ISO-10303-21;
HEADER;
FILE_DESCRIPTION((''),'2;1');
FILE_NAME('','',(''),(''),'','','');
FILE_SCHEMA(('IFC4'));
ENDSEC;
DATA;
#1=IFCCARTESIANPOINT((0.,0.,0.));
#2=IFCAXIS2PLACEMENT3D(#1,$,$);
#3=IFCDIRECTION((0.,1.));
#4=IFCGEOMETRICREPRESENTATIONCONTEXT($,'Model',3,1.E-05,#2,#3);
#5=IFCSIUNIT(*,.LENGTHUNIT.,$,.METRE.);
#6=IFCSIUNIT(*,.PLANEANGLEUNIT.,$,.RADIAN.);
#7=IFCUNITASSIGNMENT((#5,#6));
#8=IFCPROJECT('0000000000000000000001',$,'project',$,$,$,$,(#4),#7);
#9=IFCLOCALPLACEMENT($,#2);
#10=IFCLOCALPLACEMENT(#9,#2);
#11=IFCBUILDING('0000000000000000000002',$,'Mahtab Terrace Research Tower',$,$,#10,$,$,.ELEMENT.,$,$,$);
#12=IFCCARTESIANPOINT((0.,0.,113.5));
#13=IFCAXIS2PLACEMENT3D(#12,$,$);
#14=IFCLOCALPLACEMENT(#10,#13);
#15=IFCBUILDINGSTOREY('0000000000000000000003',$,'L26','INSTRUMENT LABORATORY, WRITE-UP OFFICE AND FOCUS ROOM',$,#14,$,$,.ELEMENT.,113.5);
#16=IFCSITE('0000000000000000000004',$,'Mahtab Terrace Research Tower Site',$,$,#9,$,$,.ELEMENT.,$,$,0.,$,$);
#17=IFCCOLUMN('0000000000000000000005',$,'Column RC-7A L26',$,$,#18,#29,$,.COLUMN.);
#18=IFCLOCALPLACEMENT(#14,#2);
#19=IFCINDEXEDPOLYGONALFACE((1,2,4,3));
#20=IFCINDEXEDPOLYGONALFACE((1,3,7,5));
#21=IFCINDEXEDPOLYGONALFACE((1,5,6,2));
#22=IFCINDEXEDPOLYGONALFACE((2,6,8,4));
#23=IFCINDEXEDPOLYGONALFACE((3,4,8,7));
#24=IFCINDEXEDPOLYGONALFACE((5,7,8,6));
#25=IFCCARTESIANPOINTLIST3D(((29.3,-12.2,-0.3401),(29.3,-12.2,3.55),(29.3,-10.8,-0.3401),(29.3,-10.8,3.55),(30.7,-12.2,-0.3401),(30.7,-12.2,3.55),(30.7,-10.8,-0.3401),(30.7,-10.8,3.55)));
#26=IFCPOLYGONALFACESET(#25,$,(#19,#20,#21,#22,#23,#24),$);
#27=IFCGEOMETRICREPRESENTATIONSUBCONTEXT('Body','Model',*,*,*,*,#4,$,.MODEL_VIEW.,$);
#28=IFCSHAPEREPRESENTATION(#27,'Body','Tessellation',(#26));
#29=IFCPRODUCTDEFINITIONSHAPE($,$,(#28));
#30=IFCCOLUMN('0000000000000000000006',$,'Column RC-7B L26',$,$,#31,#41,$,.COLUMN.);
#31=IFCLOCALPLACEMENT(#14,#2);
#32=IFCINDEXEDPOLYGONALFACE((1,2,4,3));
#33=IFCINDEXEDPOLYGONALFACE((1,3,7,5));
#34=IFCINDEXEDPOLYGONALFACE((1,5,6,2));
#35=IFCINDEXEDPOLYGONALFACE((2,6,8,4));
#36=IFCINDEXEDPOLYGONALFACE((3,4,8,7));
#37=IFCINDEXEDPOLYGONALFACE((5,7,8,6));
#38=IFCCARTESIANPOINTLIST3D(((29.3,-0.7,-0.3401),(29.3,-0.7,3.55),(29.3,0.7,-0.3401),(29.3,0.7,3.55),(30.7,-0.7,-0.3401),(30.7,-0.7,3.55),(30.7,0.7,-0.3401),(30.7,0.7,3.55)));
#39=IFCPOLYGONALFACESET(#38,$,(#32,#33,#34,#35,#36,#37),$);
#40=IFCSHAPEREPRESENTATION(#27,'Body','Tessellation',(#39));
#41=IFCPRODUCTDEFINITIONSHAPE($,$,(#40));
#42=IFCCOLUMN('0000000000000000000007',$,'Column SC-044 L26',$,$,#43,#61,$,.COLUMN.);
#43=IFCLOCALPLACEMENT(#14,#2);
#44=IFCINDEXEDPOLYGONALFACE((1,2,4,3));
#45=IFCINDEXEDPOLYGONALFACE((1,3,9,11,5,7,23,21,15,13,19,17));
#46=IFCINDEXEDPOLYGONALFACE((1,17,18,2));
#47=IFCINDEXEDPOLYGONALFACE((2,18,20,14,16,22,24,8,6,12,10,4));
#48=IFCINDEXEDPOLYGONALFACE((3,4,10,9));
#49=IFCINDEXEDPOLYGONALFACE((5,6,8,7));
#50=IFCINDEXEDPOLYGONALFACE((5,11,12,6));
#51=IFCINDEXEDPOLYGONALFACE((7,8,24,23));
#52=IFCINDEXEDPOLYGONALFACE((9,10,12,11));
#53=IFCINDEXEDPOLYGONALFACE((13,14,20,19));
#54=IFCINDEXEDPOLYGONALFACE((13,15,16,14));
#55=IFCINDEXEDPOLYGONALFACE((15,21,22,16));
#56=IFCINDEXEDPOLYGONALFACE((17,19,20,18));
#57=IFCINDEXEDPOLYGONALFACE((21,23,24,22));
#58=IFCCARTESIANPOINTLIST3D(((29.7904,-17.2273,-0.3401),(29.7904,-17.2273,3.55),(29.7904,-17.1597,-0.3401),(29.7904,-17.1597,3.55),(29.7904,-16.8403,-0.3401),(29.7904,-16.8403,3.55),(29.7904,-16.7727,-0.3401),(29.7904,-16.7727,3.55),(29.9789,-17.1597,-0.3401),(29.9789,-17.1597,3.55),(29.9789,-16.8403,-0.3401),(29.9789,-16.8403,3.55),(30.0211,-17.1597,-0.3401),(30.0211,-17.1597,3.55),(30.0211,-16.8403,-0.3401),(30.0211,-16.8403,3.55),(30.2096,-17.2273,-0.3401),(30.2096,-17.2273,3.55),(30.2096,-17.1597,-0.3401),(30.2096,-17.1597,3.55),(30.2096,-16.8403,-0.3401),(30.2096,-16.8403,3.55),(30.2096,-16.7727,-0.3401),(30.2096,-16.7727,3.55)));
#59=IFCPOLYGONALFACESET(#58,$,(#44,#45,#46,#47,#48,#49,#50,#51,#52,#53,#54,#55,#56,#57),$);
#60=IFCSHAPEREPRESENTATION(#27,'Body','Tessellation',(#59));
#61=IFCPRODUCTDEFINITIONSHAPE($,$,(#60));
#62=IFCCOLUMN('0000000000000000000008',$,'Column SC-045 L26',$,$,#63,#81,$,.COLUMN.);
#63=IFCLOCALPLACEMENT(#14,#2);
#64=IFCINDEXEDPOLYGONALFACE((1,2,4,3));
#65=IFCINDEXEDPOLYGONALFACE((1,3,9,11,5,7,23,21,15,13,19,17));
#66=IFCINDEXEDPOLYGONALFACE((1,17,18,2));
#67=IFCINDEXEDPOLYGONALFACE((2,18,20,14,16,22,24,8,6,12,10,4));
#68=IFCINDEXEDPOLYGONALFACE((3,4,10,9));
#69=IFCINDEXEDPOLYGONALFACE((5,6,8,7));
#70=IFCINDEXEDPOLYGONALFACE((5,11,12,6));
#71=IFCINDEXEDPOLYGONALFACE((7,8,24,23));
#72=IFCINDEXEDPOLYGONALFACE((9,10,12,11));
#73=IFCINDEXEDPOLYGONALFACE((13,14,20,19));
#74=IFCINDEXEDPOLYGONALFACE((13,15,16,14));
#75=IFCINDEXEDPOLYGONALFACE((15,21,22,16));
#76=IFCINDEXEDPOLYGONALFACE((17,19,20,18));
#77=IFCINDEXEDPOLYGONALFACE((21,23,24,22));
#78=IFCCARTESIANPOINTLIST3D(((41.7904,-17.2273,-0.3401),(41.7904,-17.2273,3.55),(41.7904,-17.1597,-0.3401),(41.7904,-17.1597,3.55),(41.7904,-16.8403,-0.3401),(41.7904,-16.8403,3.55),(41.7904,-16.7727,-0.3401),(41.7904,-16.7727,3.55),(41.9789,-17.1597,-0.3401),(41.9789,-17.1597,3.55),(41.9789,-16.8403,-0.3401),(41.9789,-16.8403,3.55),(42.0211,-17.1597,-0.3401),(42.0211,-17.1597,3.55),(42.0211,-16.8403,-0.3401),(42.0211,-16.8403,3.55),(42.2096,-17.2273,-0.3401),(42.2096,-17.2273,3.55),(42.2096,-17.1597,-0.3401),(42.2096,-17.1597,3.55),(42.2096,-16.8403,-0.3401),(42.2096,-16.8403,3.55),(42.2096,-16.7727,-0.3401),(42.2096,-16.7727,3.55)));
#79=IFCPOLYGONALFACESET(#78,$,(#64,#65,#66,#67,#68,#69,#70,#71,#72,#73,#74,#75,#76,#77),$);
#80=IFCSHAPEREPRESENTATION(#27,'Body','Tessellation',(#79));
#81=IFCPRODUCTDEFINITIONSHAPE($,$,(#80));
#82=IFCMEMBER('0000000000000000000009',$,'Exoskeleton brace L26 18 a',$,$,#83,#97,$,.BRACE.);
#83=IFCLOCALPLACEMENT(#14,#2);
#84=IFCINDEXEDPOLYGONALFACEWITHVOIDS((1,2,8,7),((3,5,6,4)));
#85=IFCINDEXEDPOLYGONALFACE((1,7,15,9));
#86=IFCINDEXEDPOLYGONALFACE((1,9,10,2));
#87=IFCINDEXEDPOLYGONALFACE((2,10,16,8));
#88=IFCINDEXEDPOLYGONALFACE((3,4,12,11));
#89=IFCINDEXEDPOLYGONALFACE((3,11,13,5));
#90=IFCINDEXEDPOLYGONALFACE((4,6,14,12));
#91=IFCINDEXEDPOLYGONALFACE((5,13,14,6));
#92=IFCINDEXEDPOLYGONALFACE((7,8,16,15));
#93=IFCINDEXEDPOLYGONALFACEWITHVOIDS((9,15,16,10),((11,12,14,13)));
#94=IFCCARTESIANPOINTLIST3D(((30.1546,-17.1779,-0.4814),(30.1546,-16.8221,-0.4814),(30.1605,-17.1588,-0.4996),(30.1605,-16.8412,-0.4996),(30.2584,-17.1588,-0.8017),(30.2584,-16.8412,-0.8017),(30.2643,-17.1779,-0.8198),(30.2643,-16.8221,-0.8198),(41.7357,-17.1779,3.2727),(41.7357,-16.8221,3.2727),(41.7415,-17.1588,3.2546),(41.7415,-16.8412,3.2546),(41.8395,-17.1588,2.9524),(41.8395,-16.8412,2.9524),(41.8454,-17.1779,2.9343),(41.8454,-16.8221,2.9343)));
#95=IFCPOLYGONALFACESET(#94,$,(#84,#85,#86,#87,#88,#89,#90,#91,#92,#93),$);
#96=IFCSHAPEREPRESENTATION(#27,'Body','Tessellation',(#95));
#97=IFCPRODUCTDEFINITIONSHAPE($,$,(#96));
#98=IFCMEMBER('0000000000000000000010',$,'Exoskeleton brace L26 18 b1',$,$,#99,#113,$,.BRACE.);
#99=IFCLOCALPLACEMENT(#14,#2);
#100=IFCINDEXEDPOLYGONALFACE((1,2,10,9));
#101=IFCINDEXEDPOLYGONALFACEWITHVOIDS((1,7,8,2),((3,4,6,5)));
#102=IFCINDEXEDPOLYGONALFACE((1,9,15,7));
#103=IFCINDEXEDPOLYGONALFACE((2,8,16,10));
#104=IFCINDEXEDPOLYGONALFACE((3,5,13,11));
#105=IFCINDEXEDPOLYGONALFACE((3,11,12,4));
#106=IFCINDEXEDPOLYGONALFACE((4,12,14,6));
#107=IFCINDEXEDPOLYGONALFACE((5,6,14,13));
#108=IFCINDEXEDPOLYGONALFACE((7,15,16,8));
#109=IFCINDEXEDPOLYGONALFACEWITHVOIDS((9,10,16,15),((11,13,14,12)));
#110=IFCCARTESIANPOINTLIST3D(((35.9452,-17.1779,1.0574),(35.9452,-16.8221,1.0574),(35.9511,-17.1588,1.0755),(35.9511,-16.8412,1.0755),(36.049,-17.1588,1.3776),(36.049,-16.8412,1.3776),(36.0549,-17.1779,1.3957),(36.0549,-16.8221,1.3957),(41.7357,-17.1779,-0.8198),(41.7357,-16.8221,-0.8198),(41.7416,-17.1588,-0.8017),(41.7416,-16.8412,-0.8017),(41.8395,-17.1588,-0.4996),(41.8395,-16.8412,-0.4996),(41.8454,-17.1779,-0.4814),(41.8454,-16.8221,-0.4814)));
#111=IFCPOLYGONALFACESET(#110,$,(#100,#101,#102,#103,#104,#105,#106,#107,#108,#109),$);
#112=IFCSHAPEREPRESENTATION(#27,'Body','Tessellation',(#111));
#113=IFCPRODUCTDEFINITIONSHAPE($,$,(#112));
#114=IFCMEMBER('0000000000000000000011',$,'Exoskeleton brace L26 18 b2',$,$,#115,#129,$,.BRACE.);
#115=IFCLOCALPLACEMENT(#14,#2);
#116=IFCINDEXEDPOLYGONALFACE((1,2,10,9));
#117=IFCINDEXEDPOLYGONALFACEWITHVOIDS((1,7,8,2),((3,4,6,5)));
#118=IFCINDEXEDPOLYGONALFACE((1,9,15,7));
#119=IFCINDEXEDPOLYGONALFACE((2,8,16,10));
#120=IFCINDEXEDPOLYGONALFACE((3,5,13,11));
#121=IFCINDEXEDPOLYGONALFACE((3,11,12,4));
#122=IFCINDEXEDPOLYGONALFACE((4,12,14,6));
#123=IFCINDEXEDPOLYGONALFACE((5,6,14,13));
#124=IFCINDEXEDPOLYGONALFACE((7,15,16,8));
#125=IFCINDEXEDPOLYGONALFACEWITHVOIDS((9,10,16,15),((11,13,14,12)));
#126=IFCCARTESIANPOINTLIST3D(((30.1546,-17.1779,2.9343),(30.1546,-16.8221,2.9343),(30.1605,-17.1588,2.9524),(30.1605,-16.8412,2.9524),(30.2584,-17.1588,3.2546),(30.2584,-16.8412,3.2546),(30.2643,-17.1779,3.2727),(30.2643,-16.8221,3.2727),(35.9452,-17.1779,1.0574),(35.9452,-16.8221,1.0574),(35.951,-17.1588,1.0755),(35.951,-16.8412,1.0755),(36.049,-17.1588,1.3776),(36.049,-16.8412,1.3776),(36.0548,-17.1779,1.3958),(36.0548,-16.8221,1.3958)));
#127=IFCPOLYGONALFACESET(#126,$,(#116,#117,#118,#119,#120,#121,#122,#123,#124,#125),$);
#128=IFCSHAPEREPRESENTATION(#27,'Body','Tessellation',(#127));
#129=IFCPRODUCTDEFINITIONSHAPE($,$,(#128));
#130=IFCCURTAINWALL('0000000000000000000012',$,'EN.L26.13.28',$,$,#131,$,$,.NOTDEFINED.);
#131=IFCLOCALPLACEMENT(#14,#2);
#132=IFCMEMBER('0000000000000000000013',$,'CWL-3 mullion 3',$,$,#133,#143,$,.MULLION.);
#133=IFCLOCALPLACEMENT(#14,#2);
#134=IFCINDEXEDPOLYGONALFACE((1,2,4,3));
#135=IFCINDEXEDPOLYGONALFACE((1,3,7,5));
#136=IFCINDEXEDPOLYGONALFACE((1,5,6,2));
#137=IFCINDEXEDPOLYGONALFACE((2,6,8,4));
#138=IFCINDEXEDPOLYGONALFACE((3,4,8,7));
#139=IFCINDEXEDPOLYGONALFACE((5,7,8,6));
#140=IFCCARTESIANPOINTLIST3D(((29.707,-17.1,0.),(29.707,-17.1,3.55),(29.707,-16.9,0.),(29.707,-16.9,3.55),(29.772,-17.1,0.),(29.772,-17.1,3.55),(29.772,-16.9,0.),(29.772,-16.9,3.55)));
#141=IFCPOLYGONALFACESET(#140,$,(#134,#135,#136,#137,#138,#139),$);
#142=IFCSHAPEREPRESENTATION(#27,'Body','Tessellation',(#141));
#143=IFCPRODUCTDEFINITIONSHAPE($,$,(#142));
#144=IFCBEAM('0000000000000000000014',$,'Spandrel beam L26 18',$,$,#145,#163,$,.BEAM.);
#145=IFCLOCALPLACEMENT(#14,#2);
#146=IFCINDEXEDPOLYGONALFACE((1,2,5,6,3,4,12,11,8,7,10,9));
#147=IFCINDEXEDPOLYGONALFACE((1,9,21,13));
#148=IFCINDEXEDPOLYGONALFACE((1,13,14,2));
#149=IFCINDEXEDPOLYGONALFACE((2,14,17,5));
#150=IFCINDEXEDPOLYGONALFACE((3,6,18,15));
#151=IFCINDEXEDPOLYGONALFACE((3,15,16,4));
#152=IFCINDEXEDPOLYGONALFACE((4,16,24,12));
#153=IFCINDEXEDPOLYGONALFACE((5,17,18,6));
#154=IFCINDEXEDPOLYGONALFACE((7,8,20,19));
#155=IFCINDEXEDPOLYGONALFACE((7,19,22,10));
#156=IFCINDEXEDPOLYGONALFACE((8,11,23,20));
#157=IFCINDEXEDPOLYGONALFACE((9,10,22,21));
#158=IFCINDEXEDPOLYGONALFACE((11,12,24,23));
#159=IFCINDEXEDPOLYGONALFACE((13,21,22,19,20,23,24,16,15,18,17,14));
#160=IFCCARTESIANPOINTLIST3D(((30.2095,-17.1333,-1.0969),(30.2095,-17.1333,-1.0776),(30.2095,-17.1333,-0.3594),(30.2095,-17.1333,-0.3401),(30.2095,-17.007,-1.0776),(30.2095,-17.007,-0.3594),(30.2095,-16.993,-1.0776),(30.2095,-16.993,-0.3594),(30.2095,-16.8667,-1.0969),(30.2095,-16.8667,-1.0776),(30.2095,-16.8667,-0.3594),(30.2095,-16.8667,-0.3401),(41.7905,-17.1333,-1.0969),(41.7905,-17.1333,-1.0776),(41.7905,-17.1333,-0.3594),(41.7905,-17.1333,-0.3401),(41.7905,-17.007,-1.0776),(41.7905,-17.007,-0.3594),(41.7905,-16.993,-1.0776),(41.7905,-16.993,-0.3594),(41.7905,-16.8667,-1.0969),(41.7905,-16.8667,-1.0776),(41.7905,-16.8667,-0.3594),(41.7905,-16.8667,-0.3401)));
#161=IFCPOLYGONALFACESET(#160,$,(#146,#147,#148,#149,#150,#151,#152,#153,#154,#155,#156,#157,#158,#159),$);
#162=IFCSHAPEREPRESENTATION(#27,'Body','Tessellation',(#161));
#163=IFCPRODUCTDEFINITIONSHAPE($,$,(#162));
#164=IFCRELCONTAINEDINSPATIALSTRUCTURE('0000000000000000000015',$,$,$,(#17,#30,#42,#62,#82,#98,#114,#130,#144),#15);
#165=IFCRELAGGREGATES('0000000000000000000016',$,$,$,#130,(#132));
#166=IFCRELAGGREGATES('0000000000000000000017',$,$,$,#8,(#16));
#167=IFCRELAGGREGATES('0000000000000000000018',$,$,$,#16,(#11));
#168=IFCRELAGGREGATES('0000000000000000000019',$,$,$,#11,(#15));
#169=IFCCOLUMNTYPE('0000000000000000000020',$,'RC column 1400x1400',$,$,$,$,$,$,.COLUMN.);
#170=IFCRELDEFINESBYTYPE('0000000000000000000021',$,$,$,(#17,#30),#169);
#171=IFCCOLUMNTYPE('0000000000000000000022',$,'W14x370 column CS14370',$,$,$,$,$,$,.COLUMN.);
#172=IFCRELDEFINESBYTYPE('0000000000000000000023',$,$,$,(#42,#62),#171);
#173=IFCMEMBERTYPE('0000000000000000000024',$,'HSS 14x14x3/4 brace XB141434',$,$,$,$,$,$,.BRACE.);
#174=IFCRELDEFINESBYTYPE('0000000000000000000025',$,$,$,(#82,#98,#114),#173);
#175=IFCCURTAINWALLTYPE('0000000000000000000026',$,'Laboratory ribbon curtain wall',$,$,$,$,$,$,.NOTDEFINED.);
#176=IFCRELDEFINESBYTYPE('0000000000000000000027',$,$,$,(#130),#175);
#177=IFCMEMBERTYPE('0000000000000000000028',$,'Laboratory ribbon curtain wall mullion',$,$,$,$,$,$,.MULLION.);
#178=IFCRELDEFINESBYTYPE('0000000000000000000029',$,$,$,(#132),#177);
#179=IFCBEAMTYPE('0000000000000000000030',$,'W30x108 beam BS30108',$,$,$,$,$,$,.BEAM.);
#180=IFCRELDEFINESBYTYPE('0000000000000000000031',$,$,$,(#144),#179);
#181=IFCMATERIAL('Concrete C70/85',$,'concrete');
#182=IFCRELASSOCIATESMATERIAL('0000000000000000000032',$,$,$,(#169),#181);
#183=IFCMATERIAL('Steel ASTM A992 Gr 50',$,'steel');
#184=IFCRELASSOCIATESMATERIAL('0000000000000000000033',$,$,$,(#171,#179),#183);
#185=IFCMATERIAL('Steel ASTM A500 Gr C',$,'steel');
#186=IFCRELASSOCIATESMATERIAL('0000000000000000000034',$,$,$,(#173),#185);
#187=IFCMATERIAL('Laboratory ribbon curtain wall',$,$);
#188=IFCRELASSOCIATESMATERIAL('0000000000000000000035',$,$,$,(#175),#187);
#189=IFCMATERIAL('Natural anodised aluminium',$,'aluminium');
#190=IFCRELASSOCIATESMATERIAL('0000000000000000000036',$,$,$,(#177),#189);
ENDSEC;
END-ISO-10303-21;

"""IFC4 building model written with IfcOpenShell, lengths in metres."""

from ifc_helpers import new_model, si_unit, direction, frame, origin, origin_2d, place, context, subcontext, project, spatial, rectangle, hollow_rectangle, i_section, extrude, material, material_profile, profile_set, type_object, element, aggregate, save


model = new_model("IFC4")

# Units and contexts
model_context = context("Model", 3, precision=1e-05, world=origin(), true_north=direction((0.0, 1.0)))
body_context = subcontext(model_context, "Body", "Model", "MODEL_VIEW")
ifc_project = project(units=[si_unit("LENGTHUNIT", "METRE"), si_unit("PLANEANGLEUNIT", "RADIAN")], contexts=[model_context])

# Site, building, storey
site_placement = place(None, origin())
site = spatial("IfcSite", under=ifc_project, at=site_placement, Name="Mahtab Terrace Research Tower Site", CompositionType="ELEMENT", RefElevation=0.0)
building_placement = place(site_placement, origin())
building = spatial("IfcBuilding", under=site, at=building_placement, Name="Mahtab Terrace Research Tower", CompositionType="ELEMENT")
storey_placement = place(building_placement, frame((0.0, 0.0, 113.5)))
storey = spatial("IfcBuildingStorey", under=building, at=storey_placement, Name="L26", Description="INSTRUMENT LABORATORY, WRITE-UP OFFICE AND FOCUS ROOM", CompositionType="ELEMENT", Elevation=113.5)

# Columns
ifc_material_1 = material(Name="Concrete C70/85", Category="concrete")
ifc_material_profile_1 = material_profile(ifc_material_1, rectangle(XDim=1.3999, YDim=1.3999, at=origin_2d()), Name="RC column 1400x1400")
ifc_profile_set_1 = profile_set([ifc_material_profile_1], Name="Concrete C70/85")
column_type_1 = type_object("IfcColumnType", Name="RC column 1400x1400", PredefinedType="COLUMN", material=ifc_profile_set_1)
for number, where, z_axis, x_axis, name in (
    (1, (30.0, -11.5, -0.3401), (0.0, 0.0, 1.0), (1.0, 0.0, 0.0), "Column RC-7A L26"),
    (2, (30.0, 0.0, -0.3401), (0.0, 0.0, 1.0), (1.0, 0.0, 0.0), "Column RC-7B L26"),
):
    element("IfcColumn", number, at=place(storey_placement, frame(where, z_axis=z_axis, x_axis=x_axis)), inside=storey, type_object=column_type_1, Name=name, PredefinedType="COLUMN", context=body_context, shape_type="SweptSolid", body=[
        extrude(rectangle(XDim=1.3999, YDim=1.3999, at=origin_2d()), origin(), (0.0, 0.0, 1.0), 3.8901),
    ])
ifc_material_2 = material(Name="Steel ASTM A992 Gr 50", Category="steel")
ifc_material_profile_2 = material_profile(ifc_material_2, i_section(OverallWidth=0.4192, OverallDepth=0.4546, WebThickness=0.0422, FlangeThickness=0.0676, at=origin_2d()), Name="W14X370")
ifc_profile_set_2 = profile_set([ifc_material_profile_2], Name="Steel ASTM A992 Gr 50")
column_type_2 = type_object("IfcColumnType", Name="W14x370 column CS14370", PredefinedType="COLUMN", material=ifc_profile_set_2)
for number, where, z_axis, x_axis, name in (
    (3, (30.0, -17.0, -0.3401), (0.0, 0.0, 1.0), (1.0, 0.0, 0.0), "Column SC-044 L26"),
    (4, (42.0, -17.0, -0.3401), (0.0, 0.0, 1.0), (1.0, 0.0, 0.0), "Column SC-045 L26"),
):
    element("IfcColumn", number, at=place(storey_placement, frame(where, z_axis=z_axis, x_axis=x_axis)), inside=storey, type_object=column_type_2, Name=name, PredefinedType="COLUMN", context=body_context, shape_type="SweptSolid", body=[
        extrude(i_section(OverallWidth=0.4192, OverallDepth=0.4546, WebThickness=0.0422, FlangeThickness=0.0676, at=origin_2d()), origin(), (0.0, 0.0, 1.0), 3.8901),
    ])

# Members
ifc_material_3 = material(Name="Steel ASTM A500 Gr C", Category="steel")
ifc_material_profile_3 = material_profile(ifc_material_3, hollow_rectangle(XDim=0.3557, YDim=0.3557, WallThickness=0.019, at=origin_2d()), Name="HSS14X14X3/4")
ifc_profile_set_3 = profile_set([ifc_material_profile_3], Name="Steel ASTM A500 Gr C")
member_type_1 = type_object("IfcMemberType", Name="HSS 14x14x3/4 brace XB141434", PredefinedType="BRACE", material=ifc_profile_set_3)
member_1_placement = place(storey_placement, frame((30.2095, -17.0, -0.6506), z_axis=(0.951268, 0.0, 0.308366), x_axis=(0.0, 1.0, 0.0)))
element("IfcMember", 5, at=member_1_placement, inside=storey, type_object=member_type_1, Name="Exoskeleton brace L26 18 a", PredefinedType="BRACE", context=body_context, shape_type="SweptSolid", body=[
    extrude(hollow_rectangle(XDim=0.3557, YDim=0.3557, WallThickness=0.019, at=origin_2d()), origin(), (0.0, 0.0, 1.0), 12.1743),
])
for number, where, z_axis, x_axis, name in (
    (6, (41.7905, -17.0, -0.6506), (-0.951262, 0.0, 0.308384), (0.0, -1.0, 0.0), "Exoskeleton brace L26 18 b1"),
    (7, (36.0, -17.0, 1.2266), (-0.951274, 0.0, 0.308348), (0.0, -1.0, 0.0), "Exoskeleton brace L26 18 b2"),
):
    element("IfcMember", number, at=place(storey_placement, frame(where, z_axis=z_axis, x_axis=x_axis)), inside=storey, type_object=member_type_1, Name=name, PredefinedType="BRACE", context=body_context, shape_type="SweptSolid", body=[
        extrude(hollow_rectangle(XDim=0.3557, YDim=0.3557, WallThickness=0.019, at=origin_2d()), origin(), (0.0, 0.0, 1.0), 6.0872),
    ])

# Curtain wall, member
ifc_material_4 = material(Name="Laboratory ribbon curtain wall")
curtain_wall_type = type_object("IfcCurtainWallType", Name="Laboratory ribbon curtain wall", PredefinedType="NOTDEFINED", material=ifc_material_4)
curtain_wall_placement = place(storey_placement, origin())
curtain_wall = element("IfcCurtainWall", 8, at=curtain_wall_placement, inside=storey, type_object=curtain_wall_type, Name="EN.L26.13.28", PredefinedType="NOTDEFINED")
ifc_material_5 = material(Name="Natural anodised aluminium", Category="aluminium")
ifc_material_profile_4 = material_profile(ifc_material_5, rectangle(XDim=0.2, YDim=0.0649, at=origin_2d()), Name="MULLION 65x200")
ifc_profile_set_4 = profile_set([ifc_material_profile_4], Name="Natural anodised aluminium")
member_type_2 = type_object("IfcMemberType", Name="Laboratory ribbon curtain wall mullion", PredefinedType="MULLION", material=ifc_profile_set_4)
member_2_placement = place(storey_placement, frame((29.7395, -17.0, 0.0), z_axis=(0.0, 0.0, 1.0), x_axis=(0.0, 1.0, 0.0)))
member_2 = element("IfcMember", 9, at=member_2_placement, type_object=member_type_2, Name="CWL-3 mullion 3", PredefinedType="MULLION", context=body_context, shape_type="SweptSolid", body=[
    extrude(rectangle(XDim=0.2, YDim=0.0649, at=origin_2d()), origin(), (0.0, 0.0, 1.0), 3.55),
])
aggregate(curtain_wall, [member_2])

# Beam
ifc_material_profile_5 = material_profile(ifc_material_2, i_section(OverallWidth=0.2666, OverallDepth=0.7568, WebThickness=0.0139, FlangeThickness=0.0193, at=origin_2d()), Name="W30X108")
ifc_profile_set_5 = profile_set([ifc_material_profile_5], Name="Steel ASTM A992 Gr 50")
beam_type = type_object("IfcBeamType", Name="W30x108 beam BS30108", PredefinedType="BEAM", material=ifc_profile_set_5)
beam_placement = place(storey_placement, frame((30.2095, -17.0, -0.7185), z_axis=(1.0, 0.0, 0.0), x_axis=(0.0, 1.0, 0.0)))
element("IfcBeam", 10, at=beam_placement, inside=storey, type_object=beam_type, Name="Spandrel beam L26 18", PredefinedType="BEAM", context=body_context, shape_type="SweptSolid", body=[
    extrude(i_section(OverallWidth=0.2666, OverallDepth=0.7568, WebThickness=0.0139, FlangeThickness=0.0193, at=origin_2d()), origin(), (0.0, 0.0, 1.0), 11.5811),
])

save(model, "model.ifc")
